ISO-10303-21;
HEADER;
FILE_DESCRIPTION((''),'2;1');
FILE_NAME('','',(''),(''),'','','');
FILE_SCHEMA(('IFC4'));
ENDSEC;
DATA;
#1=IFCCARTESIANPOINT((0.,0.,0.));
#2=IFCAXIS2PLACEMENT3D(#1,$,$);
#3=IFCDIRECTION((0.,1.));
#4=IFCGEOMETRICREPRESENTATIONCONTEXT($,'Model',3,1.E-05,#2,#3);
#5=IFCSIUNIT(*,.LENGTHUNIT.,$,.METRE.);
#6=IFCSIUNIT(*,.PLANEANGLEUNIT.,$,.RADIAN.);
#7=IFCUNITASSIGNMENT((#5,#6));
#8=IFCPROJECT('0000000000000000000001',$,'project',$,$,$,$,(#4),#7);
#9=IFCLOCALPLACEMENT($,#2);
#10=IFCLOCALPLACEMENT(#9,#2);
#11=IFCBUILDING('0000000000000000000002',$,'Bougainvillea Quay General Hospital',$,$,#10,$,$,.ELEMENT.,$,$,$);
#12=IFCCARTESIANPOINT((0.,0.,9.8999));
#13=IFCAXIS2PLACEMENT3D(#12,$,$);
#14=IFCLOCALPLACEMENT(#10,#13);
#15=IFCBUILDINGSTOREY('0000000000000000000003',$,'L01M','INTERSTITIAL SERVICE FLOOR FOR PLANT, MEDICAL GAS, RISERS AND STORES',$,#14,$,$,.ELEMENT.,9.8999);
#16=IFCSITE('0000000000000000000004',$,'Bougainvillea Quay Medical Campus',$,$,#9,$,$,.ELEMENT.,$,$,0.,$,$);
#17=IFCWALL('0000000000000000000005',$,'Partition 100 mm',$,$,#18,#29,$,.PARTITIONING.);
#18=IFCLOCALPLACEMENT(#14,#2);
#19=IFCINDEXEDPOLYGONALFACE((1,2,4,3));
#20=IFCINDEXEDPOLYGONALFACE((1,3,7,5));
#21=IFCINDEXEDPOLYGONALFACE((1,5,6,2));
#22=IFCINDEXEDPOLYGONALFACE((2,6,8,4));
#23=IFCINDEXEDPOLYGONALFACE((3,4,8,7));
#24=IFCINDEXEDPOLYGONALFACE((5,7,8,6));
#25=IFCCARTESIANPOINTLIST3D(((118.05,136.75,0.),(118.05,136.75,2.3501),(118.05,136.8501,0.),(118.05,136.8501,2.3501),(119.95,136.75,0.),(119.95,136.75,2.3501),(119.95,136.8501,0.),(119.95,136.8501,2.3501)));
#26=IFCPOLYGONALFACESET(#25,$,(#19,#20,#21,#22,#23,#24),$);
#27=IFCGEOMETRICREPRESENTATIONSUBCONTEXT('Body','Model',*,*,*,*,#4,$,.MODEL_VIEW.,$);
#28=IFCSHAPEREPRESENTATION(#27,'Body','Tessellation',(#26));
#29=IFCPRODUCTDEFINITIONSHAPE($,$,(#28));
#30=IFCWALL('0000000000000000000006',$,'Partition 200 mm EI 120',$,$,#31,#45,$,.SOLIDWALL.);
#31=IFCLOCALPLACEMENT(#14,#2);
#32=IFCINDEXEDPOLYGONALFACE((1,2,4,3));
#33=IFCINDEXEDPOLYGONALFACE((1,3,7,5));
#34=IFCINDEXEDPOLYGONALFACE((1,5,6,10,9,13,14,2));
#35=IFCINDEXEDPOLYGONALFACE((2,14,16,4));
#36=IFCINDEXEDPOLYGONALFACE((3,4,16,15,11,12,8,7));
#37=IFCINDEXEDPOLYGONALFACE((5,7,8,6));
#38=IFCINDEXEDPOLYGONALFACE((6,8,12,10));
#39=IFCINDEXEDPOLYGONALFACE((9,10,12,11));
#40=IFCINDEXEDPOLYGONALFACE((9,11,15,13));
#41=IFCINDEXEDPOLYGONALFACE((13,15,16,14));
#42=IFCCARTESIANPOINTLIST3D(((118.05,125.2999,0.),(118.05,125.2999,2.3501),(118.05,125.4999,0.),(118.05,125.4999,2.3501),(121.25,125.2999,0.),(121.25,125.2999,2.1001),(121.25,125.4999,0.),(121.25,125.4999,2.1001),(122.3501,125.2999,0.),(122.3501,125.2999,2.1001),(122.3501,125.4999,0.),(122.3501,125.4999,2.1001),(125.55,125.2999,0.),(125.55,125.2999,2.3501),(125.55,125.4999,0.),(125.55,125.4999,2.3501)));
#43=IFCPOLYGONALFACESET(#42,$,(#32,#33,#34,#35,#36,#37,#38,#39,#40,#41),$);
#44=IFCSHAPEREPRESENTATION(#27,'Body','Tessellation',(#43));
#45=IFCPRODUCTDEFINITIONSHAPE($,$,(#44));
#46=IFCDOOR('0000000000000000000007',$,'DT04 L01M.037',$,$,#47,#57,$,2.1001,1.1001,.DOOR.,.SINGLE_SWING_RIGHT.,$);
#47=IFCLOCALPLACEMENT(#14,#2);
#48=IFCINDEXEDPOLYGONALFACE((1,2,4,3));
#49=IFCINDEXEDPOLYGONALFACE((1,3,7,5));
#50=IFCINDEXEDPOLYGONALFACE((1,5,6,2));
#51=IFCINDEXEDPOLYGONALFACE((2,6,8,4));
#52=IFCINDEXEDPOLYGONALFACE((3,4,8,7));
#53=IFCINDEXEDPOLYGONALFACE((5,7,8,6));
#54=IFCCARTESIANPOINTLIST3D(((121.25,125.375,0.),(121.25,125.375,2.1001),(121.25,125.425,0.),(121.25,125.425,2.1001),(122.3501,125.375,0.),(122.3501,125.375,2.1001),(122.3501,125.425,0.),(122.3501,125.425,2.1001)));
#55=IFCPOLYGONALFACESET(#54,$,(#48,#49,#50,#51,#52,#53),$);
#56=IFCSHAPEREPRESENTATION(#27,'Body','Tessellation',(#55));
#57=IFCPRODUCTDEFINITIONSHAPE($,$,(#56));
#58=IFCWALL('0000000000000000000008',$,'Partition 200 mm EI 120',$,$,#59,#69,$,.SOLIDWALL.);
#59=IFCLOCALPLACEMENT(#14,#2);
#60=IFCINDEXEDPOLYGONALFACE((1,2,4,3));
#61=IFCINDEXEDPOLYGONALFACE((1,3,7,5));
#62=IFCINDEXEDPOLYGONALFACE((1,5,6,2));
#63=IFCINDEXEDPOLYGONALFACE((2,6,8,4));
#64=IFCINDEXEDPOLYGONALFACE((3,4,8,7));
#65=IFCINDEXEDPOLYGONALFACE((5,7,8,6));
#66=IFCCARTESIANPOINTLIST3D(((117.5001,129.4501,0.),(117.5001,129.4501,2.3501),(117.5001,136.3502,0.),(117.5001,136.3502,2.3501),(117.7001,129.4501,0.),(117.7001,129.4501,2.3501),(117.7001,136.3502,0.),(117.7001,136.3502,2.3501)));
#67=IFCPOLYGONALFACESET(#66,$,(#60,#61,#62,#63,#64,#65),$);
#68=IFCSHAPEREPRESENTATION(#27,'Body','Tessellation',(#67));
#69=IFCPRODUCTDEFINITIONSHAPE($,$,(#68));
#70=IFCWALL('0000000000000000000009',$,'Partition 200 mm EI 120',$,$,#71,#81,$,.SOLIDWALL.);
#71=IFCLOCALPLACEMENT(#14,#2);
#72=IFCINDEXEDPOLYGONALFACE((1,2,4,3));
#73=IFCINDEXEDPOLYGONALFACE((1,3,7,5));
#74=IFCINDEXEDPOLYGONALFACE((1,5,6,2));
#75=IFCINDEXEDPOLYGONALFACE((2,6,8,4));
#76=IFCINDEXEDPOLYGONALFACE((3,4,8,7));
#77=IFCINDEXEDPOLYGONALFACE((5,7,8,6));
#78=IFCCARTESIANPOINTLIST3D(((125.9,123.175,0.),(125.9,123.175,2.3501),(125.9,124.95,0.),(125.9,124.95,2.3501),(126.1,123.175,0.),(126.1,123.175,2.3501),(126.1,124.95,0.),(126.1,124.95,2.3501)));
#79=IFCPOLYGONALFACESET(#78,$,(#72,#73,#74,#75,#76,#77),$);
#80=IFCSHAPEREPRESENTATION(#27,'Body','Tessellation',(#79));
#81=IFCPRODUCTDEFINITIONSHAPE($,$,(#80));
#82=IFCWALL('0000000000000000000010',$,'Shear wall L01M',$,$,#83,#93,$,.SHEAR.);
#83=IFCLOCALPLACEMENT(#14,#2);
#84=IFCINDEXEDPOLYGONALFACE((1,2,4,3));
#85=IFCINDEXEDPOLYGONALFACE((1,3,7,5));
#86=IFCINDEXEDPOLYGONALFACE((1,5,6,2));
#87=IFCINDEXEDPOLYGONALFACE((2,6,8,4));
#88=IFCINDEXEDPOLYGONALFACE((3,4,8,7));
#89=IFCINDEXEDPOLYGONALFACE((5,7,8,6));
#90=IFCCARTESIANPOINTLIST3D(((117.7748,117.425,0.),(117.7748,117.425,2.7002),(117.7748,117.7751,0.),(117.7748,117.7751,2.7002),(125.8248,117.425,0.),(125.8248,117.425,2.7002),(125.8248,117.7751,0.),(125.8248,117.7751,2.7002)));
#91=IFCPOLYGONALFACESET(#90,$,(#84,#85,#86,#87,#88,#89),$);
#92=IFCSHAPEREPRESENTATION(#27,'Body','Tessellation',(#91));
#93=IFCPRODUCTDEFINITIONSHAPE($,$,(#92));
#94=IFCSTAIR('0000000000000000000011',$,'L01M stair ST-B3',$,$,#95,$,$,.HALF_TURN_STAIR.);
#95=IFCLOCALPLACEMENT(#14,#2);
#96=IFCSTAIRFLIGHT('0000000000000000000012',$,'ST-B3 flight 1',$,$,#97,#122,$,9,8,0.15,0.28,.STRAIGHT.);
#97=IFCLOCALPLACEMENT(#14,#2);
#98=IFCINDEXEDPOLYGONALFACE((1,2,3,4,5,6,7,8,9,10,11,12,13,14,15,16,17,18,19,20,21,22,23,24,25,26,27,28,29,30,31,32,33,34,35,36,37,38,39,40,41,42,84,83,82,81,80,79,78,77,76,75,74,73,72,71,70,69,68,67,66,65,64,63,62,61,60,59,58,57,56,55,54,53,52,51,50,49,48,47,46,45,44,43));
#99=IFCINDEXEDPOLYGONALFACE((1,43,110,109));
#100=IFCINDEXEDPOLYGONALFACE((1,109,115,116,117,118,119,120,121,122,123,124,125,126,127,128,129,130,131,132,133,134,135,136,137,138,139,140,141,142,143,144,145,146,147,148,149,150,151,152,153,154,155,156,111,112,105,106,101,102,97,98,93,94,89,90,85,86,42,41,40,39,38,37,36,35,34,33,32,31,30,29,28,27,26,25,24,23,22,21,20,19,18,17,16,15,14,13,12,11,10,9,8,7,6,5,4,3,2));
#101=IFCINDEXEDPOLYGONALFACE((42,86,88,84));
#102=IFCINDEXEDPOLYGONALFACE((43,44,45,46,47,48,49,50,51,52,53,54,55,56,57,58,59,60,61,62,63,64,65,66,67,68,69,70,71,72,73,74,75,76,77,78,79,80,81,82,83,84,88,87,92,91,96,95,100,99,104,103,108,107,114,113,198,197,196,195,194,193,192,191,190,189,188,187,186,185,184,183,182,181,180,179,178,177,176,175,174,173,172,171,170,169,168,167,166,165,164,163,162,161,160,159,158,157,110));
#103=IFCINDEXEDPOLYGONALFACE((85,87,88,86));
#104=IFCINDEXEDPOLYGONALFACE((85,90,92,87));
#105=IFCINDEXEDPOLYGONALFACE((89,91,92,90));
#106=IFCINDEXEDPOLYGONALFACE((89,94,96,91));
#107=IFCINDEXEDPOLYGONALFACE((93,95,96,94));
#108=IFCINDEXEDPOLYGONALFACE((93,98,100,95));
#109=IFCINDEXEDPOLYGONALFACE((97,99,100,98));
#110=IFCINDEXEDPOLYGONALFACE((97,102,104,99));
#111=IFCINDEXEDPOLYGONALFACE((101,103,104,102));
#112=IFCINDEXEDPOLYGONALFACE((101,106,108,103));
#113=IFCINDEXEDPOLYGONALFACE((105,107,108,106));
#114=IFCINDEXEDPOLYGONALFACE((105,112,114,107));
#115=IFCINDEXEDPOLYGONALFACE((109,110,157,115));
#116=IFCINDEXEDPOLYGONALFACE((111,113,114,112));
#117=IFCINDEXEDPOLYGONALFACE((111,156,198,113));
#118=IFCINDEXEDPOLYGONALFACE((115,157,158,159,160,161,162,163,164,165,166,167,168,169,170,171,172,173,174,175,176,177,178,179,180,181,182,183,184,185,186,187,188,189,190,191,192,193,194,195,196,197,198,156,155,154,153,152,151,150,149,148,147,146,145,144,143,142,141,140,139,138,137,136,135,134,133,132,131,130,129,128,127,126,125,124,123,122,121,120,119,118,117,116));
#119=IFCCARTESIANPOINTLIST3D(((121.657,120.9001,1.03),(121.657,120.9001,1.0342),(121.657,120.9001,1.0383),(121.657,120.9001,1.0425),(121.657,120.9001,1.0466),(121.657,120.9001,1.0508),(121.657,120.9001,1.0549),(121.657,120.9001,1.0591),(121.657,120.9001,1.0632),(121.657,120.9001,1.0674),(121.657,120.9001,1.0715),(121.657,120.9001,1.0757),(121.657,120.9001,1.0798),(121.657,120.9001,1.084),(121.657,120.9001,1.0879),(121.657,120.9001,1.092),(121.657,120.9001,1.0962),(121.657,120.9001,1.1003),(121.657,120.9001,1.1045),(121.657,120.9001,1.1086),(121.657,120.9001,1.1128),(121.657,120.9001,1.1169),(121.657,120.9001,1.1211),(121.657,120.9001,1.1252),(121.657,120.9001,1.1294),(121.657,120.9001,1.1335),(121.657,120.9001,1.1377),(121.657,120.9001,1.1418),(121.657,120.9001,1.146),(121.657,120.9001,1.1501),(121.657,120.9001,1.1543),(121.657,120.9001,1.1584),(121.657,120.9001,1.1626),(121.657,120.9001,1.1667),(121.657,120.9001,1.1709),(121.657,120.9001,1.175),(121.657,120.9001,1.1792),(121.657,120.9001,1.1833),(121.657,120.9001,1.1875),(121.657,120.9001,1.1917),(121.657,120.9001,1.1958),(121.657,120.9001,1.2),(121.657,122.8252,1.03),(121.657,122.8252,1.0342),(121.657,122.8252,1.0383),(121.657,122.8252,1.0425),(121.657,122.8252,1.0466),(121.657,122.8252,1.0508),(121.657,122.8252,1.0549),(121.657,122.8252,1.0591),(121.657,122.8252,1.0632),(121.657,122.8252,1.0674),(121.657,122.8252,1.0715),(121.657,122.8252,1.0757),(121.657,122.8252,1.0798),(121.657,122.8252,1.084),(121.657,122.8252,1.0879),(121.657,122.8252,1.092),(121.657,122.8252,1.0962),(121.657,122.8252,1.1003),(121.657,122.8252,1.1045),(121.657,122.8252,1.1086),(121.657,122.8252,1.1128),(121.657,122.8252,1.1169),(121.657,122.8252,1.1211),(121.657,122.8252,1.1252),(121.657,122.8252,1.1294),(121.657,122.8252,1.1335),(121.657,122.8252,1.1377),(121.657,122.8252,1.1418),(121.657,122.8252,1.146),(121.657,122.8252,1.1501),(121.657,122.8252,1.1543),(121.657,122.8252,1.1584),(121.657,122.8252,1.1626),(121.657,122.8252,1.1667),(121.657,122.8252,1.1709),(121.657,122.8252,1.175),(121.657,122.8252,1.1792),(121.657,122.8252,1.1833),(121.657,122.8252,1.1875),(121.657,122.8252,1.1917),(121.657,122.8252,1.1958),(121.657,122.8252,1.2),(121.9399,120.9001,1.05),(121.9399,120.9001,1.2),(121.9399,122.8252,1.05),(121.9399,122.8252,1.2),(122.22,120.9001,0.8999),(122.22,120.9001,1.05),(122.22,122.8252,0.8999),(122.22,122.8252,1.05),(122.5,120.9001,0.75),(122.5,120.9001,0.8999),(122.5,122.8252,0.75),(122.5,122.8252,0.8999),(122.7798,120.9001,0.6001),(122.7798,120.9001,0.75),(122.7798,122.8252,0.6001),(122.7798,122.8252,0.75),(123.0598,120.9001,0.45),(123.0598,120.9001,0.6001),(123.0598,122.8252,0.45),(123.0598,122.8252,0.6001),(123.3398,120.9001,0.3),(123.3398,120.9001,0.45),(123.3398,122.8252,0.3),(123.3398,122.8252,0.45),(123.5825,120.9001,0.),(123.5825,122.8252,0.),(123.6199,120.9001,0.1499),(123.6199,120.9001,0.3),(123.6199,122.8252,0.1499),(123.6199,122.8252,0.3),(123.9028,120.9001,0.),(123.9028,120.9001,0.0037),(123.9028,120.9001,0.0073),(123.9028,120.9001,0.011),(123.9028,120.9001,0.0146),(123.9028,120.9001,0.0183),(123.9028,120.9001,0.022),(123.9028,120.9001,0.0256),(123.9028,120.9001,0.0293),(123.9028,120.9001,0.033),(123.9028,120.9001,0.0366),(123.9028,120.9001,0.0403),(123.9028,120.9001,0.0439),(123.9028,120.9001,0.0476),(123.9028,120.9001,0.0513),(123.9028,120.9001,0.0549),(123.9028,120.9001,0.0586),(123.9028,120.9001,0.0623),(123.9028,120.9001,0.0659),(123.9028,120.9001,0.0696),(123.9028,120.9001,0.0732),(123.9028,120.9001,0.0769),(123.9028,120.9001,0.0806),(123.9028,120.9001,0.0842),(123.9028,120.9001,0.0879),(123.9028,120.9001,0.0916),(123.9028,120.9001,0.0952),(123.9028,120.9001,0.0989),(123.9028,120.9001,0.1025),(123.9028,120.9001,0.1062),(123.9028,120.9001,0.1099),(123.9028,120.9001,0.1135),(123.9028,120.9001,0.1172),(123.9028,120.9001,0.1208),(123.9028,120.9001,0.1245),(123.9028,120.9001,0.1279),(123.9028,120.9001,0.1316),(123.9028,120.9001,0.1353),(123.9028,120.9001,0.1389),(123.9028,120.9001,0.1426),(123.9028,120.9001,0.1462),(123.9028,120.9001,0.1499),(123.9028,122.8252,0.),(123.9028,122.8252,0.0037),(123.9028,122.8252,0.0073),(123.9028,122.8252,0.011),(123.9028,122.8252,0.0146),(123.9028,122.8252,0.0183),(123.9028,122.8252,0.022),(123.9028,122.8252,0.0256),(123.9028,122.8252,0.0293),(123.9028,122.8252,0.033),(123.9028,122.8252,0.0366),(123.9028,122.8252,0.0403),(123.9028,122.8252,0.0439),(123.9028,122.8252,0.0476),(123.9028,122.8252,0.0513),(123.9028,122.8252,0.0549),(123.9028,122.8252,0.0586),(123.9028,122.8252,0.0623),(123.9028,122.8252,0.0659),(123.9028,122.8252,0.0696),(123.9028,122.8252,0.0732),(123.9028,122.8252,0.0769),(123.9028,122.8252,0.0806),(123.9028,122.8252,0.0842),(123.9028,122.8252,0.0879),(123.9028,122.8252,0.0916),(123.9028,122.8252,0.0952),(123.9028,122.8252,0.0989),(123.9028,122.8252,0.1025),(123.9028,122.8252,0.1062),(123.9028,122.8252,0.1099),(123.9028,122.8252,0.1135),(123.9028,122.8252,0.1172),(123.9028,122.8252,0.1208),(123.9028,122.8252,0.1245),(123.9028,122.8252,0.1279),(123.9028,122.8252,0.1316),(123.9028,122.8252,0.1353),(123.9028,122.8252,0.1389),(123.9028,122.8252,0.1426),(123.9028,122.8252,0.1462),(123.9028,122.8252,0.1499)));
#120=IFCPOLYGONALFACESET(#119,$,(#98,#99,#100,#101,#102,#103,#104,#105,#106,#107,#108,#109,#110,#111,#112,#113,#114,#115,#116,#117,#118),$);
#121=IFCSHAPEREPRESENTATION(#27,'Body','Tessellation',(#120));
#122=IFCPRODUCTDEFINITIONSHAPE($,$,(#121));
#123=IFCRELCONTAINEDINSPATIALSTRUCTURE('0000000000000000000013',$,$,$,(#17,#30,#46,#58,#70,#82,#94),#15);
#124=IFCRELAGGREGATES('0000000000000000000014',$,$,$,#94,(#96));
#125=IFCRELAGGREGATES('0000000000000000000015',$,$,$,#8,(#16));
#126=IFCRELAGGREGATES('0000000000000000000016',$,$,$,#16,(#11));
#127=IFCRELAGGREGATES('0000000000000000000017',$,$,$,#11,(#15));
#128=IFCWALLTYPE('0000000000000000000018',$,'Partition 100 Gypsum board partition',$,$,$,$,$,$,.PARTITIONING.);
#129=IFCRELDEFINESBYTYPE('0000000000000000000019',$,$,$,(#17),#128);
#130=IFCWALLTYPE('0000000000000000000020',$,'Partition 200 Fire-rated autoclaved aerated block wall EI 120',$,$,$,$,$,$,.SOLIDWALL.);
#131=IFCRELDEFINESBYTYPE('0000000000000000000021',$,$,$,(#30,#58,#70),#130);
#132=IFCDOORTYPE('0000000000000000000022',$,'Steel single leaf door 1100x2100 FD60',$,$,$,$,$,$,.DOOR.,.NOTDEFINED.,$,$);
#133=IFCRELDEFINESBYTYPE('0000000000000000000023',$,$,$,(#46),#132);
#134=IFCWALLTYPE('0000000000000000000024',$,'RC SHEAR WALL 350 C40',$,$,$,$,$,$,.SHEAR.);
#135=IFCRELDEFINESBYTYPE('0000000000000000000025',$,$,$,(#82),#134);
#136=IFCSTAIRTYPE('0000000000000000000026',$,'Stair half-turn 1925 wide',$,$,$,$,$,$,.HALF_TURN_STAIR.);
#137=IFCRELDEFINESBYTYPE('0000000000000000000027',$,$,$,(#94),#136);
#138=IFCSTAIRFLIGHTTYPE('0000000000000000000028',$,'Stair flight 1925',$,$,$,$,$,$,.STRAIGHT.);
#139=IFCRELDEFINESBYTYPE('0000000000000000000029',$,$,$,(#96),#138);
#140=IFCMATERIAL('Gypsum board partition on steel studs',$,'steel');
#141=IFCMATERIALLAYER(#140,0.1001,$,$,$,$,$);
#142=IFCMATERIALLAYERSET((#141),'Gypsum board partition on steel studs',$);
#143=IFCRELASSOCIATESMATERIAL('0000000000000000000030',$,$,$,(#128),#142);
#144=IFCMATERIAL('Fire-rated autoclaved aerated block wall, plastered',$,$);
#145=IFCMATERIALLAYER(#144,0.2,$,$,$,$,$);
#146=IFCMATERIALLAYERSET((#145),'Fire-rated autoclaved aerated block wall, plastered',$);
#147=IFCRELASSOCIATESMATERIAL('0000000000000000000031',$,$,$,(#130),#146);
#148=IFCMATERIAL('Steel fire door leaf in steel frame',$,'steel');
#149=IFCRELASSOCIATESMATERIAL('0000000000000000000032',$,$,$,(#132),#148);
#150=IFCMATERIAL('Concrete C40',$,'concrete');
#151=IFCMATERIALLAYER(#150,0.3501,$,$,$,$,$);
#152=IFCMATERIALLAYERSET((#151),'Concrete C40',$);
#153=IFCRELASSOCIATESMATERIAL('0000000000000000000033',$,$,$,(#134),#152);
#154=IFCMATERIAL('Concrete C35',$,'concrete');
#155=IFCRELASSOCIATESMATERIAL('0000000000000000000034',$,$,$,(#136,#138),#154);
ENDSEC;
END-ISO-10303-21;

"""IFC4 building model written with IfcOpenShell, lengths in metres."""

from ifc_helpers import new_model, si_unit, direction, frame, frame_2d, origin, place, context, subcontext, project, spatial, polyline, rectangle, outline, extrude, material, layer, layer_set, type_object, element, fill, aggregate, save


model = new_model("IFC4")

# Units and contexts
model_context = context("Model", 3, precision=1e-05, world=origin(), true_north=direction((0.0, 1.0)))
body_context = subcontext(model_context, "Body", "Model", "MODEL_VIEW")
ifc_project = project(units=[si_unit("LENGTHUNIT", "METRE"), si_unit("PLANEANGLEUNIT", "RADIAN")], contexts=[model_context])

# Site, building, storey
site_placement = place(None, origin())
site = spatial("IfcSite", under=ifc_project, at=site_placement, Name="Bougainvillea Quay Medical Campus", CompositionType="ELEMENT", RefElevation=0.0)
building_placement = place(site_placement, origin())
building = spatial("IfcBuilding", under=site, at=building_placement, Name="Bougainvillea Quay General Hospital", CompositionType="ELEMENT")
storey_placement = place(building_placement, frame((0.0, 0.0, 9.8999)))
storey = spatial("IfcBuildingStorey", under=building, at=storey_placement, Name="L01M", Description="INTERSTITIAL SERVICE FLOOR FOR PLANT, MEDICAL GAS, RISERS AND STORES", CompositionType="ELEMENT", Elevation=9.8999)

# Shared definitions
ifc_material_1 = material(Name="Concrete C40", Category="concrete")

# Shared definitions
ifc_material_2 = material(Name="Gypsum board partition on steel studs", Category="steel")
ifc_layer_1 = layer(ifc_material_2, 0.1001)
ifc_layer_set_1 = layer_set([ifc_layer_1], Name="Gypsum board partition on steel studs")
wall_type_1 = type_object("IfcWallType", Name="Partition 100 Gypsum board partition", PredefinedType="PARTITIONING", material=ifc_layer_set_1)

# Wall
for number, where, z_axis, x_axis, name in (
    (1, (118.05, 136.8, 0.0), (0.0, 0.0, 1.0), (1.0, 0.0, 0.0), "Partition 100 mm"),
):
    element("IfcWall", number, at=place(storey_placement, frame(where, z_axis=z_axis, x_axis=x_axis)), inside=storey, type_object=wall_type_1, Name=name, PredefinedType="PARTITIONING", context=body_context, shape_type="SweptSolid", body=[
        extrude(rectangle(XDim=1.8999, YDim=0.1001, at=frame_2d((0.95, 0.0))), origin(), (0.0, 0.0, 1.0), 2.3501),
    ])

# Wall, opening, door
ifc_material_3 = material(Name="Fire-rated autoclaved aerated block wall, plastered")
ifc_layer_2 = layer(ifc_material_3, 0.2)
ifc_layer_set_2 = layer_set([ifc_layer_2], Name="Fire-rated autoclaved aerated block wall, plastered")
wall_type_2 = type_object("IfcWallType", Name="Partition 200 Fire-rated autoclaved aerated block wall EI 120", PredefinedType="SOLIDWALL", material=ifc_layer_set_2)
wall_1_placement = place(storey_placement, frame((125.55, 125.3999, 0.0), z_axis=(0.0, 0.0, 1.0), x_axis=(-1.0, 0.0, 0.0)))
wall_1 = element("IfcWall", 2, at=wall_1_placement, inside=storey, type_object=wall_type_2, Name="Partition 200 mm EI 120", PredefinedType="SOLIDWALL", context=body_context, shape_type="SweptSolid", body=[
    extrude(rectangle(XDim=7.5, YDim=0.2, at=frame_2d((3.75, 0.0))), origin(), (0.0, 0.0, 1.0), 2.3501),
])
opening_1_placement = place(wall_1_placement, frame((3.2, 0.0, 0.0)))
opening_1 = element("IfcOpeningElement", 3, at=opening_1_placement, cuts=wall_1, PredefinedType="OPENING", context=body_context, shape_type="SweptSolid", body=[
    extrude(rectangle(XDim=1.1001, YDim=2.1001, at=frame_2d((0.55, 1.05))), frame((0.0, 0.1099, 0.0), z_axis=(0.0, -1.0, 0.0), x_axis=(1.0, 0.0, 0.0)), (0.0, 0.0, 1.0), 0.22),
])
ifc_material_4 = material(Name="Steel fire door leaf in steel frame", Category="steel")
door_type_1 = type_object("IfcDoorType", Name="Steel single leaf door 1100x2100 FD60", OperationType="NOTDEFINED", PredefinedType="DOOR", material=ifc_material_4)
door_1_placement = place(opening_1_placement, origin())
door_1 = element("IfcDoor", 4, at=door_1_placement, inside=storey, type_object=door_type_1, Name="DT04 L01M.037", OperationType="SINGLE_SWING_RIGHT", OverallHeight=2.1001, OverallWidth=1.1001, PredefinedType="DOOR", context=body_context, shape_type="SweptSolid", body=[
    extrude(rectangle(XDim=1.1001, YDim=2.1001, at=frame_2d((0.55, 1.05))), frame((0.0, 0.0249, 0.0), z_axis=(0.0, -1.0, 0.0), x_axis=(1.0, 0.0, 0.0)), (0.0, 0.0, 1.0), 0.05),
])
fill(opening_1, door_1)

# Walls
wall_2_placement = place(storey_placement, frame((117.6001, 129.45, 0.0), z_axis=(0.0, 0.0, 1.0), x_axis=(0.0, 1.0, 0.0)))
element("IfcWall", 5, at=wall_2_placement, inside=storey, type_object=wall_type_2, Name="Partition 200 mm EI 120", PredefinedType="SOLIDWALL", context=body_context, shape_type="SweptSolid", body=[
    extrude(rectangle(XDim=6.9001, YDim=0.2, at=frame_2d((3.4502, 0.0))), origin(), (0.0, 0.0, 1.0), 2.3501),
])
wall_3_placement = place(storey_placement, frame((126.0, 123.175, 0.0), z_axis=(0.0, 0.0, 1.0), x_axis=(0.0, 1.0, 0.0)))
element("IfcWall", 6, at=wall_3_placement, inside=storey, type_object=wall_type_2, Name="Partition 200 mm EI 120", PredefinedType="SOLIDWALL", context=body_context, shape_type="SweptSolid", body=[
    extrude(rectangle(XDim=1.7749, YDim=0.2, at=frame_2d((0.8875, 0.0))), origin(), (0.0, 0.0, 1.0), 2.3501),
])
ifc_layer_3 = layer(ifc_material_1, 0.3501)
ifc_layer_set_3 = layer_set([ifc_layer_3], Name="Concrete C40")
wall_type_3 = type_object("IfcWallType", Name="RC SHEAR WALL 350 C40", PredefinedType="SHEAR", material=ifc_layer_set_3)
wall_4_placement = place(storey_placement, frame((117.7749, 117.6001, 0.0), z_axis=(0.0, 0.0, 1.0), x_axis=(1.0, 0.0, 0.0)))
element("IfcWall", 7, at=wall_4_placement, inside=storey, type_object=wall_type_3, Name="Shear wall L01M", PredefinedType="SHEAR", context=body_context, shape_type="SweptSolid", body=[
    extrude(rectangle(XDim=8.05, YDim=0.3501, at=frame_2d((4.0249, 0.0))), origin(), (0.0, 0.0, 1.0), 2.7002),
])

# Stair, stair flight
ifc_material_5 = material(Name="Concrete C35", Category="concrete")
stair_type = type_object("IfcStairType", Name="Stair half-turn 1925 wide", PredefinedType="HALF_TURN_STAIR", material=ifc_material_5)
stair_placement = place(storey_placement, origin())
stair = element("IfcStair", 8, at=stair_placement, inside=storey, type_object=stair_type, Name="L01M stair ST-B3", PredefinedType="HALF_TURN_STAIR")
stair_flight_type = type_object("IfcStairFlightType", Name="Stair flight 1925", PredefinedType="STRAIGHT", material=ifc_material_5)
stair_flight_1_placement = place(storey_placement, frame((123.8999, 121.8625, 0.0), z_axis=(0.0, 0.0, 1.0), x_axis=(-1.0, 0.0, 0.0)))
stair_flight_1 = element("IfcStairFlight", 9, at=stair_flight_1_placement, type_object=stair_flight_type, Name="ST-B3 flight 1", NumberOfRisers=9, NumberOfTreads=8, PredefinedType="STRAIGHT", RiserHeight=0.15, TreadLength=0.28, context=body_context, shape_type="SweptSolid", body=[
    extrude(outline(polyline([(-0.0029, 0.0), (-0.0029, 0.0037), (-0.0029, 0.0073), (-0.0029, 0.011), (-0.0029, 0.0146), (-0.0029, 0.0183), (-0.0029, 0.022), (-0.0029, 0.0256), (-0.0029, 0.0293), (-0.0029, 0.033), (-0.0029, 0.0366), (-0.0029, 0.0403), (-0.0029, 0.0439), (-0.0029, 0.0476), (-0.0029, 0.0513), (-0.0029, 0.0549), (-0.0029, 0.0586), (-0.0029, 0.0623), (-0.0029, 0.0659), (-0.0029, 0.0696), (-0.0029, 0.0732), (-0.0029, 0.0769), (-0.0029, 0.0806), (-0.0029, 0.0842), (-0.0029, 0.0879), (-0.0029, 0.0916), (-0.0029, 0.0952), (-0.0029, 0.0989), (-0.0029, 0.1025), (-0.0029, 0.1062), (-0.0029, 0.1099), (-0.0029, 0.1135), (-0.0029, 0.1172), (-0.0029, 0.1208), (-0.0029, 0.1245), (-0.0029, 0.1279), (-0.0029, 0.1316), (-0.0029, 0.1353), (-0.0029, 0.1389), (-0.0029, 0.1426), (-0.0029, 0.1462), (-0.0029, 0.1499), (0.28, 0.1499), (0.28, 0.3), (0.5601, 0.3), (0.5601, 0.45), (0.8401, 0.45), (0.8401, 0.6001), (1.1201, 0.6001), (1.1201, 0.75), (1.3999, 0.75), (1.3999, 0.8999), (1.6799, 0.8999), (1.6799, 1.05), (1.96, 1.05), (1.96, 1.2), (2.2429, 1.2), (2.2429, 1.1958), (2.2429, 1.1917), (2.2429, 1.1875), (2.2429, 1.1833), (2.2429, 1.1792), (2.2429, 1.175), (2.2429, 1.1709), (2.2429, 1.1667), (2.2429, 1.1626), (2.2429, 1.1584), (2.2429, 1.1543), (2.2429, 1.1501), (2.2429, 1.146), (2.2429, 1.1418), (2.2429, 1.1377), (2.2429, 1.1335), (2.2429, 1.1294), (2.2429, 1.1252), (2.2429, 1.1211), (2.2429, 1.1169), (2.2429, 1.1128), (2.2429, 1.1086), (2.2429, 1.1045), (2.2429, 1.1003), (2.2429, 1.0962), (2.2429, 1.092), (2.2429, 1.0879), (2.2429, 1.084), (2.2429, 1.0798), (2.2429, 1.0757), (2.2429, 1.0715), (2.2429, 1.0674), (2.2429, 1.0632), (2.2429, 1.0591), (2.2429, 1.0549), (2.2429, 1.0508), (2.2429, 1.0466), (2.2429, 1.0425), (2.2429, 1.0383), (2.2429, 1.0342), (2.2429, 1.03), (0.3174, 0.0), (-0.0029, 0.0)])), frame((0.0, 0.9624, 0.0), z_axis=(0.0, -1.0, 0.0), x_axis=(1.0, 0.0, 0.0)), (0.0, 0.0, 1.0), 1.925),
])
aggregate(stair, [stair_flight_1])

save(model, "model.ifc")
